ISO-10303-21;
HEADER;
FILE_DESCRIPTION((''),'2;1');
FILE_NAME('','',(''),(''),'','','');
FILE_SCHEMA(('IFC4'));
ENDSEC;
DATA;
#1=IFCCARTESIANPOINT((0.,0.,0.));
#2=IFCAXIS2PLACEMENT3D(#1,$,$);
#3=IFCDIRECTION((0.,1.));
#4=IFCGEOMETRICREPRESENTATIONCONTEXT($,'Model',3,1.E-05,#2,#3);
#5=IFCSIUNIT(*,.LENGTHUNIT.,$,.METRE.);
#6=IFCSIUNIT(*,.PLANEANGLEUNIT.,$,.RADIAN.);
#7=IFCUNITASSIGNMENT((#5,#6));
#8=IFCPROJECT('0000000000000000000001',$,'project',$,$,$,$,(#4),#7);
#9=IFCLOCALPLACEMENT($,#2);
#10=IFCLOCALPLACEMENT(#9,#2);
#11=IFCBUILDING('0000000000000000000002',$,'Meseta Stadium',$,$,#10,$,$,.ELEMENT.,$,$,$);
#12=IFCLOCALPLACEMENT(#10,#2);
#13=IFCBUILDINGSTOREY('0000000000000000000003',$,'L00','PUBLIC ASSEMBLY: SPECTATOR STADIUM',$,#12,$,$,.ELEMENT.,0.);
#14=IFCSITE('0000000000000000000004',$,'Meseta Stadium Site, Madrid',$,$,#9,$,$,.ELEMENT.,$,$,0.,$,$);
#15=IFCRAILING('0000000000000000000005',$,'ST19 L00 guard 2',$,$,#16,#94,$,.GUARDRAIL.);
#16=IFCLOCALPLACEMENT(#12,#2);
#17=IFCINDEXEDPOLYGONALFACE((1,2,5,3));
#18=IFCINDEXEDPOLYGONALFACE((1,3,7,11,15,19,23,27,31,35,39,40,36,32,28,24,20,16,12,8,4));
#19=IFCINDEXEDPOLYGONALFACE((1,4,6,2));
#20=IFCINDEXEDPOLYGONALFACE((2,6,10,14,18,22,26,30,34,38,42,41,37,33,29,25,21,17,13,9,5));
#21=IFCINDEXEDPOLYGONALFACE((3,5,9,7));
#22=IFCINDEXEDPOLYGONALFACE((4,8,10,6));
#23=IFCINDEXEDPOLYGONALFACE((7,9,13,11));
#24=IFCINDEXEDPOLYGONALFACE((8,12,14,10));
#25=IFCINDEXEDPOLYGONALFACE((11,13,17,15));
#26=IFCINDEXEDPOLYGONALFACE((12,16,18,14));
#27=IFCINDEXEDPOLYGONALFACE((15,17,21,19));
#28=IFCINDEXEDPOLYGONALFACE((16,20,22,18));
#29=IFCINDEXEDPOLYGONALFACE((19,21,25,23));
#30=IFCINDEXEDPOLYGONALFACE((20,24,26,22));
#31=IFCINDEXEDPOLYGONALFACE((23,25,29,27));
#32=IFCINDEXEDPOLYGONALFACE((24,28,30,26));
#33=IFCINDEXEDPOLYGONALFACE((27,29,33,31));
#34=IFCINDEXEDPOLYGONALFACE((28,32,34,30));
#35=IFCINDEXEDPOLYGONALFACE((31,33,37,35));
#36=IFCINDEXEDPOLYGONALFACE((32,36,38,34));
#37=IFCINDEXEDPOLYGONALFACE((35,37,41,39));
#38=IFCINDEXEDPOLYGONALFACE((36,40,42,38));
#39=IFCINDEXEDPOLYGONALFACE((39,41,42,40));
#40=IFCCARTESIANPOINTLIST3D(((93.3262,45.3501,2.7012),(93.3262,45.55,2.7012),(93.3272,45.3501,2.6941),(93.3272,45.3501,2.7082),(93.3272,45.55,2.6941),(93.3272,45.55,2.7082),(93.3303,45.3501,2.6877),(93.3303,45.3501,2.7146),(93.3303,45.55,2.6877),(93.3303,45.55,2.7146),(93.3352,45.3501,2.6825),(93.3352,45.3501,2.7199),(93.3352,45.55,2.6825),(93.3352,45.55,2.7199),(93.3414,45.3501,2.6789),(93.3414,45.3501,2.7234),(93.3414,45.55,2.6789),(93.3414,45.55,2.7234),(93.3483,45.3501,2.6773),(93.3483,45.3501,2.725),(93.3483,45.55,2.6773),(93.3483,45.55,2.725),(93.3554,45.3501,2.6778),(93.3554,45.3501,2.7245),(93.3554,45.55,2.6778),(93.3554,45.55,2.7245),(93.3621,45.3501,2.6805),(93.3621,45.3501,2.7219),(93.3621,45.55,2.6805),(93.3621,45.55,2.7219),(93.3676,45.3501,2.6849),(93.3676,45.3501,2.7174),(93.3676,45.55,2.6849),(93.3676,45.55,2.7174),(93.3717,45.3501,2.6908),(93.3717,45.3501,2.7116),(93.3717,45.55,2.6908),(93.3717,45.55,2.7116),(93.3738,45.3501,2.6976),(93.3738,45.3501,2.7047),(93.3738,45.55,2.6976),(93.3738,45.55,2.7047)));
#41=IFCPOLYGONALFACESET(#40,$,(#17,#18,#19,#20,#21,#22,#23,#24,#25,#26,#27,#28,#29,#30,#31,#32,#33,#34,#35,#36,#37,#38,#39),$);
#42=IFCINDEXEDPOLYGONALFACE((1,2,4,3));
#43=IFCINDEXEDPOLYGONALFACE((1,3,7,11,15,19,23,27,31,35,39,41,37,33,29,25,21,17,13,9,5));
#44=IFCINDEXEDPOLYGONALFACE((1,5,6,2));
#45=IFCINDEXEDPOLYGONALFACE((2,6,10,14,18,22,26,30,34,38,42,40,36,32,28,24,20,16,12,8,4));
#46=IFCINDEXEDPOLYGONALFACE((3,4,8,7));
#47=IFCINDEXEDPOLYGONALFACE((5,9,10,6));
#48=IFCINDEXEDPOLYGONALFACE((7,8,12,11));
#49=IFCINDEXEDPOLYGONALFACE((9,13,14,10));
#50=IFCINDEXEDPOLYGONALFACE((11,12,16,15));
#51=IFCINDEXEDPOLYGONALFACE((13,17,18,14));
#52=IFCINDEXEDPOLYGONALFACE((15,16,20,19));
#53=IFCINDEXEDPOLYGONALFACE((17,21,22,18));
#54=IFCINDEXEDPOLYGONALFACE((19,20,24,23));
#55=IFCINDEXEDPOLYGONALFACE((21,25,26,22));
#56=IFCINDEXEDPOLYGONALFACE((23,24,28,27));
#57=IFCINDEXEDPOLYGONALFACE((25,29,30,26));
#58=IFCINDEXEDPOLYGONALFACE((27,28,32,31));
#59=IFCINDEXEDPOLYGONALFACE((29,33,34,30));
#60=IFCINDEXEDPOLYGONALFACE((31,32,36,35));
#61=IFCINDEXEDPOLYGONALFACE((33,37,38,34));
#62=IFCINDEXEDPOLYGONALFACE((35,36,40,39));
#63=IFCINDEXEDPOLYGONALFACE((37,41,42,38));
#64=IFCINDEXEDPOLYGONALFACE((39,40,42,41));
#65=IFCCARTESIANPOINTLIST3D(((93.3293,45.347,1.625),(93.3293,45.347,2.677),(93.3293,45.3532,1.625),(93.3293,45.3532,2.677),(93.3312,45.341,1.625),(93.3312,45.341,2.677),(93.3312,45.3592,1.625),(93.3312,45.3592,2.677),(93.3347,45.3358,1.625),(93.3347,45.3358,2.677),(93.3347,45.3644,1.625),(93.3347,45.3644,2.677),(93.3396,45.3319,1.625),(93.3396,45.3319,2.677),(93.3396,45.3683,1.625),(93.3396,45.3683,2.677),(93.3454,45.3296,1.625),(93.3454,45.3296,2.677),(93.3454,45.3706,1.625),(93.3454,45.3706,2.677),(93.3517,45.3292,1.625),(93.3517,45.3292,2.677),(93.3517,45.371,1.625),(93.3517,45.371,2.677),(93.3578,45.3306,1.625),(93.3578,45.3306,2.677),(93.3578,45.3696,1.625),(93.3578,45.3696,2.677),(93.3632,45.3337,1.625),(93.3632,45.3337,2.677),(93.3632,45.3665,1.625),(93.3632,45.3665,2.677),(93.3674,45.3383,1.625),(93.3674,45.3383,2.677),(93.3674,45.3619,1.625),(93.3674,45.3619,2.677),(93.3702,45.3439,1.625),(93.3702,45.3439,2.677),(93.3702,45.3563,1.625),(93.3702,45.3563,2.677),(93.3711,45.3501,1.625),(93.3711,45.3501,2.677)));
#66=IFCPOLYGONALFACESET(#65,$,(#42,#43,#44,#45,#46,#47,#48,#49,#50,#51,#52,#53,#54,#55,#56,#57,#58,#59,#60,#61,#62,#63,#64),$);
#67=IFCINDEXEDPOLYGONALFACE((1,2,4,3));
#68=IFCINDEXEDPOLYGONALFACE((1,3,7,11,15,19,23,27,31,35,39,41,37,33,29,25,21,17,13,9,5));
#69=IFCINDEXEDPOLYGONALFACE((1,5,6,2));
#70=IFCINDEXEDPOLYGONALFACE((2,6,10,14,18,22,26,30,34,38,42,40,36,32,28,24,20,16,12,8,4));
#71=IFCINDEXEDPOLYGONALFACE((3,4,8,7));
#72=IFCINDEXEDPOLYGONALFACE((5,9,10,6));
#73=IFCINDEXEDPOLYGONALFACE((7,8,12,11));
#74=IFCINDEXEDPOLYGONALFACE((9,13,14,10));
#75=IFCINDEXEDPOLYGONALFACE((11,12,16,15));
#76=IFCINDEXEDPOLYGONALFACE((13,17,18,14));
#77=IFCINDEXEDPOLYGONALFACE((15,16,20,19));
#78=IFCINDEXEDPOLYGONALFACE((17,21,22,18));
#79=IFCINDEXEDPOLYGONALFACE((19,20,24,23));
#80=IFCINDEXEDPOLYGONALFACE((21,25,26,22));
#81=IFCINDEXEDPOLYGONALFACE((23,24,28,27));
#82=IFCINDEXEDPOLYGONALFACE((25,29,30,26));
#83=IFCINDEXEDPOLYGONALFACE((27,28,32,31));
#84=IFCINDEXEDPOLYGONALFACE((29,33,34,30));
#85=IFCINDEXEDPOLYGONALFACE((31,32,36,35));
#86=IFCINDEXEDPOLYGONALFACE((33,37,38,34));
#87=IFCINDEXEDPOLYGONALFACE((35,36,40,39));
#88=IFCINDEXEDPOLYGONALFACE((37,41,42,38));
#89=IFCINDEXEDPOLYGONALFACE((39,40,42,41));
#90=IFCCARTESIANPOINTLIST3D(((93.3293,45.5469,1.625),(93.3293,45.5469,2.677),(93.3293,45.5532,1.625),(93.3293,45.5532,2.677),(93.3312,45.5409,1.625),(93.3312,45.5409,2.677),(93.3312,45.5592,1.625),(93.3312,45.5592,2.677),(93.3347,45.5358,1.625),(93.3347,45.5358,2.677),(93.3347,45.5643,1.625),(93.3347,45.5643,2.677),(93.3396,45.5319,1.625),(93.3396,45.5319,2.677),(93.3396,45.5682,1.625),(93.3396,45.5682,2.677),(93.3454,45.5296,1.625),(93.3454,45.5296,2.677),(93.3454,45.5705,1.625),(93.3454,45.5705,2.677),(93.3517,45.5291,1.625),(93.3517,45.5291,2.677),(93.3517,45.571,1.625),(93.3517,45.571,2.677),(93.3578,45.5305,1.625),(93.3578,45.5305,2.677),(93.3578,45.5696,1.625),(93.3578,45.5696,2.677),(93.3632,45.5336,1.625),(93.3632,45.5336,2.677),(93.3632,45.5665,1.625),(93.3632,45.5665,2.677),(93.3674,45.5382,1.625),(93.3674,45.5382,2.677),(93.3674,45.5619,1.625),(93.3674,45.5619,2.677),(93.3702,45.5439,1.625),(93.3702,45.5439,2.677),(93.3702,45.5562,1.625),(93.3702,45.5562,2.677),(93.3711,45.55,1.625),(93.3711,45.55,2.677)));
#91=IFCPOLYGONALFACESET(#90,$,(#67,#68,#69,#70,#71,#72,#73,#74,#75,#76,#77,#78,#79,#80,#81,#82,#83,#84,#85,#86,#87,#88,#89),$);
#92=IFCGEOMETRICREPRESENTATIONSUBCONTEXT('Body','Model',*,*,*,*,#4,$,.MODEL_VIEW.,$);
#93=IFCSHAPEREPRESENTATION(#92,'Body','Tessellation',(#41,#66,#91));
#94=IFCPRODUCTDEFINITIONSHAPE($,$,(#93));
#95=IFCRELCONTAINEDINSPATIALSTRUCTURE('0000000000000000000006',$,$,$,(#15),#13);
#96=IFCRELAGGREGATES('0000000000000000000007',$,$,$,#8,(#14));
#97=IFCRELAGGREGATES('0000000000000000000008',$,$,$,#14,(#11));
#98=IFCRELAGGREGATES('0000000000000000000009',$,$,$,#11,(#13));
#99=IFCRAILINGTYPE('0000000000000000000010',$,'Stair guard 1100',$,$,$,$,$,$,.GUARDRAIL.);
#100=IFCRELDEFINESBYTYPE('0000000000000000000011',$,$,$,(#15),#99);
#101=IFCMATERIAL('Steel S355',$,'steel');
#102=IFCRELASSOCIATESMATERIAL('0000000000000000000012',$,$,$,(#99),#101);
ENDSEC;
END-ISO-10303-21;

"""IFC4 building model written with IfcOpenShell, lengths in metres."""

from ifc_helpers import new_model, si_unit, direction, frame, origin, origin_2d, place, context, subcontext, project, spatial, circle, extrude, material, type_object, element, save


model = new_model("IFC4")

# Units and contexts
model_context = context("Model", 3, precision=1e-05, world=origin(), true_north=direction((0.0, 1.0)))
body_context = subcontext(model_context, "Body", "Model", "MODEL_VIEW")
ifc_project = project(units=[si_unit("LENGTHUNIT", "METRE"), si_unit("PLANEANGLEUNIT", "RADIAN")], contexts=[model_context])

# Site, building, storey
site_placement = place(None, origin())
site = spatial("IfcSite", under=ifc_project, at=site_placement, Name="Meseta Stadium Site, Madrid", CompositionType="ELEMENT", RefElevation=0.0)
building_placement = place(site_placement, origin())
building = spatial("IfcBuilding", under=site, at=building_placement, Name="Meseta Stadium", CompositionType="ELEMENT")
storey_placement = place(building_placement, origin())
storey = spatial("IfcBuildingStorey", under=building, at=storey_placement, Name="L00", Description="PUBLIC ASSEMBLY: SPECTATOR STADIUM", CompositionType="ELEMENT", Elevation=0.0)

# Railing
ifc_material_1 = material(Name="Steel S355", Category="steel")
railing_type_1 = type_object("IfcRailingType", Name="Stair guard 1100", PredefinedType="GUARDRAIL", material=ifc_material_1)
railing_1_placement = place(storey_placement, frame((93.3501, 45.3501, 1.625)))
element("IfcRailing", 1, at=railing_1_placement, inside=storey, type_object=railing_type_1, Name="ST19 L00 guard 2", PredefinedType="GUARDRAIL", context=body_context, shape_type="SweptSolid", body=[
    extrude(circle(Radius=0.0239, at=origin_2d()), frame((0.0, 0.0, 1.0762), z_axis=(0.0, 1.0, 0.0), x_axis=(-1.0, 0.0, 0.0)), (0.0, 0.0, 1.0), 0.2),
    extrude(circle(Radius=0.021, at=origin_2d()), origin(), (0.0, 0.0, 1.0), 1.052),
    extrude(circle(Radius=0.021, at=origin_2d()), frame((0.0, 0.2, 0.0)), (0.0, 0.0, 1.0), 1.052),
])

save(model, "model.ifc")
